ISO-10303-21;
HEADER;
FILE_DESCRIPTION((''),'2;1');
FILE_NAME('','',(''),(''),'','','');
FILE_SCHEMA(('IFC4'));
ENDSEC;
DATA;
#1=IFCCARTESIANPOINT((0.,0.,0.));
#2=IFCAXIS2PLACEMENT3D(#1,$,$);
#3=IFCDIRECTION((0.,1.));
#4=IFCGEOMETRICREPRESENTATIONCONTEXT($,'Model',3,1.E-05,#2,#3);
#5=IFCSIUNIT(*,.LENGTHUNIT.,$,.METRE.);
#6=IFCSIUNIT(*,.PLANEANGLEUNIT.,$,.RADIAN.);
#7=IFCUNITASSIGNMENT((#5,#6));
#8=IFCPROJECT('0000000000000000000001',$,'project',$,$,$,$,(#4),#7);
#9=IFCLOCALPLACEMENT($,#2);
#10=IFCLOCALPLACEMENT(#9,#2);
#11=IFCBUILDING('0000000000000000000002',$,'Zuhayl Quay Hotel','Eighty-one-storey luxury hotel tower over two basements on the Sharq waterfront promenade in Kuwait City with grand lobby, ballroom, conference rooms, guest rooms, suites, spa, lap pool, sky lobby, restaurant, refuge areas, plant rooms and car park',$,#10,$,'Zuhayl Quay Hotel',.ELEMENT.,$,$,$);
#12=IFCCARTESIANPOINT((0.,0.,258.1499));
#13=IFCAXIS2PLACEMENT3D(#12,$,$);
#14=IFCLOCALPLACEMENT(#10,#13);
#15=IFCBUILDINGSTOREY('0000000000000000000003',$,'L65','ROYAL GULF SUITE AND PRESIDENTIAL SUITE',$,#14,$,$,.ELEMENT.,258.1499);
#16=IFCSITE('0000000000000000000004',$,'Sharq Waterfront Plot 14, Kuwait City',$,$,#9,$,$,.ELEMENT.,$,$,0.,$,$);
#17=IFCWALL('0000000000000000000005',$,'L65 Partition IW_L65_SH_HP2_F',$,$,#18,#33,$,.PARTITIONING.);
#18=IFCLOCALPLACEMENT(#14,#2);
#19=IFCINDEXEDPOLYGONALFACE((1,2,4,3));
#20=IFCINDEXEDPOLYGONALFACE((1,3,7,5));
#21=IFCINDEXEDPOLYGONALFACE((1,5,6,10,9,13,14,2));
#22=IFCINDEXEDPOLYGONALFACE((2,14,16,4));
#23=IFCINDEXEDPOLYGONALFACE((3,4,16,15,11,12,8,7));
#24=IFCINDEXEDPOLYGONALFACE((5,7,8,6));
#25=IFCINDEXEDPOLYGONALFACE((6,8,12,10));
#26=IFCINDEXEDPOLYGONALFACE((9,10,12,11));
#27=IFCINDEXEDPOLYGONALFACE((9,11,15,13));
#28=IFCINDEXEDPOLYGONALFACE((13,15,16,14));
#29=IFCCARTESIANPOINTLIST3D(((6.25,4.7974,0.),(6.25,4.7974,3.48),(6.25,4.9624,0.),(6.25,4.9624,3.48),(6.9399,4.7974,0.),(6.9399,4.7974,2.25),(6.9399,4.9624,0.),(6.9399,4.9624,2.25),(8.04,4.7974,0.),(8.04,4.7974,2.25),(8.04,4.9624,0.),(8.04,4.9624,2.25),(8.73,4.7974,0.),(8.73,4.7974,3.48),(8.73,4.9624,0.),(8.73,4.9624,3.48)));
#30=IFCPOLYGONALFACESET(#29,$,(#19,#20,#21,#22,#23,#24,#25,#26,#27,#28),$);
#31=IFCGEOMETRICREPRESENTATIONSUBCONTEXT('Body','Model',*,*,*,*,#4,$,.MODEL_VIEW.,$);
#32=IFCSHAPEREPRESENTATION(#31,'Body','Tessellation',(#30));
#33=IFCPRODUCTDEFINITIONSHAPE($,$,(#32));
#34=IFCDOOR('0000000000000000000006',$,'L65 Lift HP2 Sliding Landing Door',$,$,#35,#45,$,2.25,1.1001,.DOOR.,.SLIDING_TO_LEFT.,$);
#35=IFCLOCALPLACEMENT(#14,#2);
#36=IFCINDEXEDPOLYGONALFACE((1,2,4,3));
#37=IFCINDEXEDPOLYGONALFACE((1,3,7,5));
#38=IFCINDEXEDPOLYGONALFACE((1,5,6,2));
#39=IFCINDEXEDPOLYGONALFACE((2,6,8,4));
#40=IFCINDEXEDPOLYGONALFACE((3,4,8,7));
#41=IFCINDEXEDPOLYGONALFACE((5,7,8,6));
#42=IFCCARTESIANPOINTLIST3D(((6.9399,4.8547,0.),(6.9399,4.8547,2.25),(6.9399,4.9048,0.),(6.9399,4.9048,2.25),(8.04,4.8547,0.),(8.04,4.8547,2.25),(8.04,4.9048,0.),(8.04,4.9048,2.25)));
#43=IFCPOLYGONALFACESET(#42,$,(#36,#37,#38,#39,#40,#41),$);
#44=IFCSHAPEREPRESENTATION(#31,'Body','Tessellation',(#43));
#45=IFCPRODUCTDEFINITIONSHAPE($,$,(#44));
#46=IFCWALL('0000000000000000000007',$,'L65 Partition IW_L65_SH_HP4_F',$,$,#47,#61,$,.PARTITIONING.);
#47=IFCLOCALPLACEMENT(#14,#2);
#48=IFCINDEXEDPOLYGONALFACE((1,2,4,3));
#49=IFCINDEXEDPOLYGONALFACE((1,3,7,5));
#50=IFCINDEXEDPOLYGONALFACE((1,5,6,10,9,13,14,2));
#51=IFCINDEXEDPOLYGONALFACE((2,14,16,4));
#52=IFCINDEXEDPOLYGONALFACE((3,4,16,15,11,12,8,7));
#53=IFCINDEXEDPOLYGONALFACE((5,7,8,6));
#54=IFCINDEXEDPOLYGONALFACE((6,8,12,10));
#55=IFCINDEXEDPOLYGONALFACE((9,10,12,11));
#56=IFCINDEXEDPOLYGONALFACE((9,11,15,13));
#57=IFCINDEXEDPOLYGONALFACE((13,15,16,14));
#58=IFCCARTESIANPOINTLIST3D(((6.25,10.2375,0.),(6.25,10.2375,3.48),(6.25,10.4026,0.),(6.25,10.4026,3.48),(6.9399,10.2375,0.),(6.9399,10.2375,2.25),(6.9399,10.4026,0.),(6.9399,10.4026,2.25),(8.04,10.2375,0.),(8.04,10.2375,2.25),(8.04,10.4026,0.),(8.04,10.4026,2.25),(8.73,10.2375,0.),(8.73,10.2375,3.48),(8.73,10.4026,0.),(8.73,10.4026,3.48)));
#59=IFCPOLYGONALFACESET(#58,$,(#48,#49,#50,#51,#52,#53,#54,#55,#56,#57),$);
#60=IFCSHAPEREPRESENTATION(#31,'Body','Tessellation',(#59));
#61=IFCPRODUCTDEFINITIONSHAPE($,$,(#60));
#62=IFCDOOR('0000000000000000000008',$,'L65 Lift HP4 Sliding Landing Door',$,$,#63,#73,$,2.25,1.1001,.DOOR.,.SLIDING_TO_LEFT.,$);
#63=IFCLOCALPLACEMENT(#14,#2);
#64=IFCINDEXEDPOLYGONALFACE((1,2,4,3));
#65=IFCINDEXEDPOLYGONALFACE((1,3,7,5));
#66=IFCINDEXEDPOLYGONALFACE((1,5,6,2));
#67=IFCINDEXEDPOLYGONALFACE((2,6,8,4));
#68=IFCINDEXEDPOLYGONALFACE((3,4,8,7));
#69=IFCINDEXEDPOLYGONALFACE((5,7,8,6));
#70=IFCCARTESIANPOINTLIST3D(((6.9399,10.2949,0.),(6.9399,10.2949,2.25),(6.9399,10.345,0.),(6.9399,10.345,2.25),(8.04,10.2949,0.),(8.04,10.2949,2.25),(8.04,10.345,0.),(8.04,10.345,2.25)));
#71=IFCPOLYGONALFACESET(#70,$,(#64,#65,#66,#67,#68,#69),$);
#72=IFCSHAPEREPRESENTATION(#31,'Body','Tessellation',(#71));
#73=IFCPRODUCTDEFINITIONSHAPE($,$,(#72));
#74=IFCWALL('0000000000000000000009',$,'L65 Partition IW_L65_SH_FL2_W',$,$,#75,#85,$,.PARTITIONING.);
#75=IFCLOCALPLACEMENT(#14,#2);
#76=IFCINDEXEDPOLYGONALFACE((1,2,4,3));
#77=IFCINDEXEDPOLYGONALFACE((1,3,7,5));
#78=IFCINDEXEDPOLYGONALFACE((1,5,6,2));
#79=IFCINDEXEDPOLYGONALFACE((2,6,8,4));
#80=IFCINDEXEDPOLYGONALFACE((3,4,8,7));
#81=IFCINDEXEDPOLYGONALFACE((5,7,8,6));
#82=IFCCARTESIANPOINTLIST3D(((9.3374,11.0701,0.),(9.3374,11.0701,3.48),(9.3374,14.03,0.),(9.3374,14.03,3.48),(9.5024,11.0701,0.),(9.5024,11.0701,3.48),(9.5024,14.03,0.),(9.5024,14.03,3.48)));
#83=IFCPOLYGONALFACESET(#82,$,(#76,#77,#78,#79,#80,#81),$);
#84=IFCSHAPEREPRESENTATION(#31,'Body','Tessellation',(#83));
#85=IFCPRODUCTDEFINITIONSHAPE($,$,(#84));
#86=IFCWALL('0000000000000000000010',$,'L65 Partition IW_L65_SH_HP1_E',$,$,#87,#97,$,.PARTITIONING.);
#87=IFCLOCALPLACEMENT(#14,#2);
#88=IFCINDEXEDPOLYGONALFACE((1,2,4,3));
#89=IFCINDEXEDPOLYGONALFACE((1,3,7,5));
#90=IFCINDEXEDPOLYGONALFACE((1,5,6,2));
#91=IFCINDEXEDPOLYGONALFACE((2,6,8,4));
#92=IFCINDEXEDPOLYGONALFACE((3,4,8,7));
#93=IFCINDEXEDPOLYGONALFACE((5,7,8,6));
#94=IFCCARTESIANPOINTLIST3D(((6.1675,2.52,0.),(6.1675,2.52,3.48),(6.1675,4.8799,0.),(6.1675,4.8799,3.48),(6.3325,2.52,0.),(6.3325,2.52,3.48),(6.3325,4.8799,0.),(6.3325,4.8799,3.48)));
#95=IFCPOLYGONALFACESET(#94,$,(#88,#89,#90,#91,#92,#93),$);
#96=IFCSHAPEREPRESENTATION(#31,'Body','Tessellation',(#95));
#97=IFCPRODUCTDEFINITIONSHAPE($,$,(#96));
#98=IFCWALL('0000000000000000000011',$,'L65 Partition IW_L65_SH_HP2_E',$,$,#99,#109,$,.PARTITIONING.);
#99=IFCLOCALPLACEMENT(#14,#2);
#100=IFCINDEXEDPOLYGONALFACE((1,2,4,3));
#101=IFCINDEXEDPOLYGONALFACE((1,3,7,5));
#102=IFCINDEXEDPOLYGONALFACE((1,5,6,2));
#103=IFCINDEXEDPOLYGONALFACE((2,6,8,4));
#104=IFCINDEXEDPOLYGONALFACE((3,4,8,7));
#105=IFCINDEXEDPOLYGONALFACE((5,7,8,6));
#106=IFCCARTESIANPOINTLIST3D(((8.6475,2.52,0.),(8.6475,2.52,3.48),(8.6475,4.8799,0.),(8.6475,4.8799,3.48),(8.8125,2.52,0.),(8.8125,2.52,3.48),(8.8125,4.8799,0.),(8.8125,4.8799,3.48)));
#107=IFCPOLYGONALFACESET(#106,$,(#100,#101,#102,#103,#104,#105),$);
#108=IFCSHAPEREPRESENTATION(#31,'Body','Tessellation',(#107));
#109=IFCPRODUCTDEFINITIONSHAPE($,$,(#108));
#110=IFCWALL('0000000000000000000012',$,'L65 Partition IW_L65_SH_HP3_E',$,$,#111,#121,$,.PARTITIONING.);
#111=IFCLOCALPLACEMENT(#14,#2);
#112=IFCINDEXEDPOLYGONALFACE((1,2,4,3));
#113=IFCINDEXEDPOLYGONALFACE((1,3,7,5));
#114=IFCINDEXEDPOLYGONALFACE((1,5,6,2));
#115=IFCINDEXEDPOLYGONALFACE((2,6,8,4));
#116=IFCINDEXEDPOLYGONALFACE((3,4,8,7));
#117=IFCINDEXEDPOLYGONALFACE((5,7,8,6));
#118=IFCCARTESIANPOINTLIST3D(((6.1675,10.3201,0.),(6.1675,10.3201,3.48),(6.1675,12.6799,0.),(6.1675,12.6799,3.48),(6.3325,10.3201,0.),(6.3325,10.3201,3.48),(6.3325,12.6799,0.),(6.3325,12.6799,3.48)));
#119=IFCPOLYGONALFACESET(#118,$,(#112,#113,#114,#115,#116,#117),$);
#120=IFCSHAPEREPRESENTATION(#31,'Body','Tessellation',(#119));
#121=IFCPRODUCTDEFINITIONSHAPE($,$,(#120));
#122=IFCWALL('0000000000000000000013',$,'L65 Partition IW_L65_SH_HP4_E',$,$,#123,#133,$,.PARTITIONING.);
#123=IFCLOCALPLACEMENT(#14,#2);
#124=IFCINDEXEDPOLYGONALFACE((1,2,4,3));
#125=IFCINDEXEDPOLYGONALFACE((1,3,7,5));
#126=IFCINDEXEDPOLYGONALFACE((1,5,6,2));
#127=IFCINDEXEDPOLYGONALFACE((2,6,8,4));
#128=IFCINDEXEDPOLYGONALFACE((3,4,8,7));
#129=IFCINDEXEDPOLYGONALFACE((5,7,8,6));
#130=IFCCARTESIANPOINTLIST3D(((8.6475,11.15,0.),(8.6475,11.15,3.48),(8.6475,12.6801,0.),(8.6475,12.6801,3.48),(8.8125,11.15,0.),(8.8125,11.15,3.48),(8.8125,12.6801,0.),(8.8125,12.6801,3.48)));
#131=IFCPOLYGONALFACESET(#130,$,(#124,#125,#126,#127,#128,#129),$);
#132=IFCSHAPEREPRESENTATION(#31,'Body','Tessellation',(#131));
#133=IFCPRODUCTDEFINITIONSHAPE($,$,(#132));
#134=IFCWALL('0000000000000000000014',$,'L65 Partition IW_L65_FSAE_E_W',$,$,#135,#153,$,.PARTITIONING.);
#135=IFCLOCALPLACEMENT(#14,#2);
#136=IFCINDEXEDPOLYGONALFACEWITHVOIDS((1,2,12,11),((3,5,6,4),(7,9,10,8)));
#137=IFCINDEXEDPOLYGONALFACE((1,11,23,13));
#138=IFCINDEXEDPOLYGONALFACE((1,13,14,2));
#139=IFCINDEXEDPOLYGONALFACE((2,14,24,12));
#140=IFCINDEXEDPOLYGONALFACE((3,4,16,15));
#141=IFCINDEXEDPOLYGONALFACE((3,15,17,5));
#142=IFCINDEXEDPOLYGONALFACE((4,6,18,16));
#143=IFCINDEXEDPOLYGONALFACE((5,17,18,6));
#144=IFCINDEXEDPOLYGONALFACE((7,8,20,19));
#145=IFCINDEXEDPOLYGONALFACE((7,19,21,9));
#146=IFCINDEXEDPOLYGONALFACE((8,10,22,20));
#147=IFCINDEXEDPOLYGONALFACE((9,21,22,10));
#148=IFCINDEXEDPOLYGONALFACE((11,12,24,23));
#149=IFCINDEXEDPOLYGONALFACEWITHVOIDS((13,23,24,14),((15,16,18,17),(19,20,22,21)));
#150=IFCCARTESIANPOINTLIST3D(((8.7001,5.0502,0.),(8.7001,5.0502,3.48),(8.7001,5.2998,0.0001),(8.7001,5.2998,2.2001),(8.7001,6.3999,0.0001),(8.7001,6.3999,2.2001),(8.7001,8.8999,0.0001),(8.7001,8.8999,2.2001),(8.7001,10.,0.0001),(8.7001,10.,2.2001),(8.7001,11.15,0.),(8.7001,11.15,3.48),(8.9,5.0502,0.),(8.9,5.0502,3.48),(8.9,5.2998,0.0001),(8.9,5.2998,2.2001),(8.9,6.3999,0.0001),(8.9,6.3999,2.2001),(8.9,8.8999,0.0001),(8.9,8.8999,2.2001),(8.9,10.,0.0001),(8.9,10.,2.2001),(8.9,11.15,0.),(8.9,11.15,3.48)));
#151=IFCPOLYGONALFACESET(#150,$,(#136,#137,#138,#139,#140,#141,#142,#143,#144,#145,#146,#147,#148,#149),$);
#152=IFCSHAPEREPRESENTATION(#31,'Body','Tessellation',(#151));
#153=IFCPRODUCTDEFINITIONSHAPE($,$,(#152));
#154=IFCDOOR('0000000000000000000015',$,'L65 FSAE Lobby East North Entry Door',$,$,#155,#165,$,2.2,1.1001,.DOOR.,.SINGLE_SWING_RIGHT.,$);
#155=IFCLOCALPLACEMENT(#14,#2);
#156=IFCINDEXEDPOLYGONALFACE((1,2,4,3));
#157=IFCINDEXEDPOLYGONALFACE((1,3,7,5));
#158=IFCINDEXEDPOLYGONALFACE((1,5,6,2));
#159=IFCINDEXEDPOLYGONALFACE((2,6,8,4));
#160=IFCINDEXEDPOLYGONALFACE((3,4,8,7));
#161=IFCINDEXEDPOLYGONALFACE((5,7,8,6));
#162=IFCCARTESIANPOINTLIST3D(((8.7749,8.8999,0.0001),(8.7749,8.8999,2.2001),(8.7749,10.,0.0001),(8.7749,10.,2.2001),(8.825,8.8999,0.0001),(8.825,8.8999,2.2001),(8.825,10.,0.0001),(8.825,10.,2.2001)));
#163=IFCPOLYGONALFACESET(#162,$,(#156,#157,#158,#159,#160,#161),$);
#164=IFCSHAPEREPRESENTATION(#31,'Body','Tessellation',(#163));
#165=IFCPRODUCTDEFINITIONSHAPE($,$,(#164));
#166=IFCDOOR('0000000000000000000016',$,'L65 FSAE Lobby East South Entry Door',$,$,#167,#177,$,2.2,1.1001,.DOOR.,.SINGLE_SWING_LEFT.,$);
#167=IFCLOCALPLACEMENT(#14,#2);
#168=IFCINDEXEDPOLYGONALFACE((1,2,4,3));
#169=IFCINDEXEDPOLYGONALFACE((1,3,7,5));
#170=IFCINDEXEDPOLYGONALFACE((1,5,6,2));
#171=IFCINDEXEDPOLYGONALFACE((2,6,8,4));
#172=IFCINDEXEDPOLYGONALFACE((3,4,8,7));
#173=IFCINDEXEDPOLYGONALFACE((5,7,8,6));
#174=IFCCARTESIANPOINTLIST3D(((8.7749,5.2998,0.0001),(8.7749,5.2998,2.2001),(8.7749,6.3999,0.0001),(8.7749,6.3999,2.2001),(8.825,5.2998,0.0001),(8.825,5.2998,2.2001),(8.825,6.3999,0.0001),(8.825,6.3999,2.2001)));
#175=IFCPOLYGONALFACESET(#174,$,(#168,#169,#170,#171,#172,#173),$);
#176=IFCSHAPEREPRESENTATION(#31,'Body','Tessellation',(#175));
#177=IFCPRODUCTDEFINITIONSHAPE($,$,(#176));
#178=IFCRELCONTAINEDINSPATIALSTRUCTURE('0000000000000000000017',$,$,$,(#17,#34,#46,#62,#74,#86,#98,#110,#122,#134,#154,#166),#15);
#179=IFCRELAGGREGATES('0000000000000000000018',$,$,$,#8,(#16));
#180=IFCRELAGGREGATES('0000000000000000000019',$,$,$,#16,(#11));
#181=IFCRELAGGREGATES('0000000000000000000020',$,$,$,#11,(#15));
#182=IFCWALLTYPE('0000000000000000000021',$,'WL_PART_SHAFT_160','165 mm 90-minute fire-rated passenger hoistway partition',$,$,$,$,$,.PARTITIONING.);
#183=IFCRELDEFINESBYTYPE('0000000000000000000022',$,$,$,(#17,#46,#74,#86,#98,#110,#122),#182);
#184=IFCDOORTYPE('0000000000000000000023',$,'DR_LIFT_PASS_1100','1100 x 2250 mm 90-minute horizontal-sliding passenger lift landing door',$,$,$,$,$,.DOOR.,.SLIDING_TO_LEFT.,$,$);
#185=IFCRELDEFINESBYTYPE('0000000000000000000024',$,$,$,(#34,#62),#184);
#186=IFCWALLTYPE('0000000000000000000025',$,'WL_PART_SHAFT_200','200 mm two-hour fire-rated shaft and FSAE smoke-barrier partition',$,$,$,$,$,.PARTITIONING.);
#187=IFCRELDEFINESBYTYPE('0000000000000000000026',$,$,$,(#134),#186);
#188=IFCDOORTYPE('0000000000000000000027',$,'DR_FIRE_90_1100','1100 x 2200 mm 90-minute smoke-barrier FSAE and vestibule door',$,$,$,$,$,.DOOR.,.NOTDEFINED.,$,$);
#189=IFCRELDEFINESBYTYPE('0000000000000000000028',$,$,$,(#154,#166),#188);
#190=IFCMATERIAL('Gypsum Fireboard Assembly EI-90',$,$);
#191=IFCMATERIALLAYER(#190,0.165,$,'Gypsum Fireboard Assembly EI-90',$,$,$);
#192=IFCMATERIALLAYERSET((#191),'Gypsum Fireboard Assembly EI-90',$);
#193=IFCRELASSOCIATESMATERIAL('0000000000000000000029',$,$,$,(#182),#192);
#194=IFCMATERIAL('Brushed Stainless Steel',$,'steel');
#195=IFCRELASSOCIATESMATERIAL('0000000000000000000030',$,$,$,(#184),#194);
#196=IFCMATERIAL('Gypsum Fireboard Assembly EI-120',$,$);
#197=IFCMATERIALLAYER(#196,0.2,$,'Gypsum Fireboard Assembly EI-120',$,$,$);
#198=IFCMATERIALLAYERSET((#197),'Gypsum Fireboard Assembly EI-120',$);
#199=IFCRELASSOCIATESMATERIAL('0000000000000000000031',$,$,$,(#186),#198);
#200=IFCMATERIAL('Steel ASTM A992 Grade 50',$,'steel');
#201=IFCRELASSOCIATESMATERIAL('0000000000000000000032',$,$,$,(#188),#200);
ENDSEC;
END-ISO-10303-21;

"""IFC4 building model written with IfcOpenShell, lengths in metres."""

from ifc_helpers import new_model, si_unit, direction, frame, frame_2d, origin, place, context, subcontext, project, spatial, rectangle, extrude, material, layer, layer_set, type_object, element, fill, save


model = new_model("IFC4")

# Units and contexts
model_context = context("Model", 3, precision=1e-05, world=origin(), true_north=direction((0.0, 1.0)))
body_context = subcontext(model_context, "Body", "Model", "MODEL_VIEW")
ifc_project = project(units=[si_unit("LENGTHUNIT", "METRE"), si_unit("PLANEANGLEUNIT", "RADIAN")], contexts=[model_context])

# Site, building, storey
site_placement = place(None, origin())
site = spatial("IfcSite", under=ifc_project, at=site_placement, Name="Sharq Waterfront Plot 14, Kuwait City", CompositionType="ELEMENT", RefElevation=0.0)
building_placement = place(site_placement, origin())
building = spatial("IfcBuilding", under=site, at=building_placement, Name="Zuhayl Quay Hotel", Description="Eighty-one-storey luxury hotel tower over two basements on the Sharq waterfront promenade in Kuwait City with grand lobby, ballroom, conference rooms, guest rooms, suites, spa, lap pool, sky lobby, restaurant, refuge areas, plant rooms and car park", LongName="Zuhayl Quay Hotel", CompositionType="ELEMENT")
storey_placement = place(building_placement, frame((0.0, 0.0, 258.1499)))
storey = spatial("IfcBuildingStorey", under=building, at=storey_placement, Name="L65", Description="ROYAL GULF SUITE AND PRESIDENTIAL SUITE", CompositionType="ELEMENT", Elevation=258.1499)

# Walls, openings, doors
ifc_material_1 = material(Name="Gypsum Fireboard Assembly EI-90")
ifc_layer_1 = layer(ifc_material_1, 0.165, Name="Gypsum Fireboard Assembly EI-90")
ifc_layer_set_1 = layer_set([ifc_layer_1], Name="Gypsum Fireboard Assembly EI-90")
wall_type_1 = type_object("IfcWallType", Name="WL_PART_SHAFT_160", Description="165 mm 90-minute fire-rated passenger hoistway partition", PredefinedType="PARTITIONING", material=ifc_layer_set_1)
ifc_material_2 = material(Name="Brushed Stainless Steel", Category="steel")
wall_1_placement = place(storey_placement, frame((6.25, 4.8799, 0.0), z_axis=(0.0, 0.0, 1.0), x_axis=(1.0, 0.0, 0.0)))
wall_1 = element("IfcWall", 1, at=wall_1_placement, inside=storey, type_object=wall_type_1, Name="L65 Partition IW_L65_SH_HP2_F", PredefinedType="PARTITIONING", context=body_context, shape_type="SweptSolid", body=[
    extrude(rectangle(XDim=2.48, YDim=0.165, at=frame_2d((1.24, 0.0))), origin(), (0.0, 0.0, 1.0), 3.48),
])
opening_1_placement = place(wall_1_placement, frame((0.6899, 0.0, 0.0)))
opening_1 = element("IfcOpeningElement", 2, at=opening_1_placement, cuts=wall_1, PredefinedType="OPENING", context=body_context, shape_type="SweptSolid", body=[
    extrude(rectangle(XDim=1.1001, YDim=2.25, at=frame_2d((0.55, 1.125))), frame((0.0, 0.0925, 0.0), z_axis=(0.0, -1.0, 0.0), x_axis=(1.0, 0.0, 0.0)), (0.0, 0.0, 1.0), 0.1851),
])
door_type_1 = type_object("IfcDoorType", Name="DR_LIFT_PASS_1100", Description="1100 x 2250 mm 90-minute horizontal-sliding passenger lift landing door", OperationType="SLIDING_TO_LEFT", PredefinedType="DOOR", material=ifc_material_2)
door_1_placement = place(opening_1_placement, origin())
door_1 = element("IfcDoor", 3, at=door_1_placement, inside=storey, type_object=door_type_1, Name="L65 Lift HP2 Sliding Landing Door", OperationType="SLIDING_TO_LEFT", OverallHeight=2.25, OverallWidth=1.1001, PredefinedType="DOOR", context=body_context, shape_type="SweptSolid", body=[
    extrude(rectangle(XDim=1.1001, YDim=2.25, at=frame_2d((0.55, 1.125))), frame((0.0, 0.0249, 0.0), z_axis=(0.0, -1.0, 0.0), x_axis=(1.0, 0.0, 0.0)), (0.0, 0.0, 1.0), 0.05),
])
fill(opening_1, door_1)
wall_2_placement = place(storey_placement, frame((6.25, 10.3201, 0.0), z_axis=(0.0, 0.0, 1.0), x_axis=(1.0, 0.0, 0.0)))
wall_2 = element("IfcWall", 4, at=wall_2_placement, inside=storey, type_object=wall_type_1, Name="L65 Partition IW_L65_SH_HP4_F", PredefinedType="PARTITIONING", context=body_context, shape_type="SweptSolid", body=[
    extrude(rectangle(XDim=2.48, YDim=0.165, at=frame_2d((1.24, 0.0))), origin(), (0.0, 0.0, 1.0), 3.48),
])
opening_2_placement = place(wall_2_placement, frame((0.6899, 0.0, 0.0)))
opening_2 = element("IfcOpeningElement", 5, at=opening_2_placement, cuts=wall_2, PredefinedType="OPENING", context=body_context, shape_type="SweptSolid", body=[
    extrude(rectangle(XDim=1.1001, YDim=2.25, at=frame_2d((0.55, 1.125))), frame((0.0, 0.0925, 0.0), z_axis=(0.0, -1.0, 0.0), x_axis=(1.0, 0.0, 0.0)), (0.0, 0.0, 1.0), 0.1851),
])
door_2_placement = place(opening_2_placement, origin())
door_2 = element("IfcDoor", 6, at=door_2_placement, inside=storey, type_object=door_type_1, Name="L65 Lift HP4 Sliding Landing Door", OperationType="SLIDING_TO_LEFT", OverallHeight=2.25, OverallWidth=1.1001, PredefinedType="DOOR", context=body_context, shape_type="SweptSolid", body=[
    extrude(rectangle(XDim=1.1001, YDim=2.25, at=frame_2d((0.55, 1.125))), frame((0.0, 0.0249, 0.0), z_axis=(0.0, -1.0, 0.0), x_axis=(1.0, 0.0, 0.0)), (0.0, 0.0, 1.0), 0.05),
])
fill(opening_2, door_2)

# Walls
wall_3_placement = place(storey_placement, frame((9.4199, 11.0701, 0.0), z_axis=(0.0, 0.0, 1.0), x_axis=(0.0, 1.0, 0.0)))
element("IfcWall", 7, at=wall_3_placement, inside=storey, type_object=wall_type_1, Name="L65 Partition IW_L65_SH_FL2_W", PredefinedType="PARTITIONING", context=body_context, shape_type="SweptSolid", body=[
    extrude(rectangle(XDim=2.96, YDim=0.165, at=frame_2d((1.48, 0.0))), origin(), (0.0, 0.0, 1.0), 3.48),
])
for number, where, z_axis, x_axis, name in (
    (8, (6.25, 2.52, 0.0), (0.0, 0.0, 1.0), (0.0, 1.0, 0.0), "L65 Partition IW_L65_SH_HP1_E"),
    (9, (8.73, 2.52, 0.0), (0.0, 0.0, 1.0), (0.0, 1.0, 0.0), "L65 Partition IW_L65_SH_HP2_E"),
    (10, (6.25, 10.3201, 0.0), (0.0, 0.0, 1.0), (0.0, 1.0, 0.0), "L65 Partition IW_L65_SH_HP3_E"),
):
    element("IfcWall", number, at=place(storey_placement, frame(where, z_axis=z_axis, x_axis=x_axis)), inside=storey, type_object=wall_type_1, Name=name, PredefinedType="PARTITIONING", context=body_context, shape_type="SweptSolid", body=[
        extrude(rectangle(XDim=2.3599, YDim=0.165, at=frame_2d((1.1799, 0.0))), origin(), (0.0, 0.0, 1.0), 3.48),
    ])
wall_4_placement = place(storey_placement, frame((8.73, 11.1499, 0.0), z_axis=(0.0, 0.0, 1.0), x_axis=(0.0, 1.0, 0.0)))
element("IfcWall", 11, at=wall_4_placement, inside=storey, type_object=wall_type_1, Name="L65 Partition IW_L65_SH_HP4_E", PredefinedType="PARTITIONING", context=body_context, shape_type="SweptSolid", body=[
    extrude(rectangle(XDim=1.53, YDim=0.165, at=frame_2d((0.7651, 0.0))), origin(), (0.0, 0.0, 1.0), 3.48),
])

# Wall, openings, doors
ifc_material_3 = material(Name="Gypsum Fireboard Assembly EI-120")
ifc_layer_2 = layer(ifc_material_3, 0.2, Name="Gypsum Fireboard Assembly EI-120")
ifc_layer_set_2 = layer_set([ifc_layer_2], Name="Gypsum Fireboard Assembly EI-120")
wall_type_2 = type_object("IfcWallType", Name="WL_PART_SHAFT_200", Description="200 mm two-hour fire-rated shaft and FSAE smoke-barrier partition", PredefinedType="PARTITIONING", material=ifc_layer_set_2)
wall_5_placement = place(storey_placement, frame((8.8, 11.1499, 0.0), z_axis=(0.0, 0.0, 1.0), x_axis=(0.0, -1.0, 0.0)))
wall_5 = element("IfcWall", 12, at=wall_5_placement, inside=storey, type_object=wall_type_2, Name="L65 Partition IW_L65_FSAE_E_W", PredefinedType="PARTITIONING", context=body_context, shape_type="SweptSolid", body=[
    extrude(rectangle(XDim=6.0999, YDim=0.2, at=frame_2d((3.0498, 0.0))), origin(), (0.0, 0.0, 1.0), 3.48),
])
opening_3_placement = place(wall_5_placement, frame((1.1499, 0.0, 0.0)))
opening_3 = element("IfcOpeningElement", 13, at=opening_3_placement, cuts=wall_5, PredefinedType="OPENING", context=body_context, shape_type="SweptSolid", body=[
    extrude(rectangle(XDim=1.1001, YDim=2.2, at=frame_2d((0.55, 1.1001))), frame((0.0, 0.1099, 0.0), z_axis=(0.0, -1.0, 0.0), x_axis=(1.0, 0.0, 0.0)), (0.0, 0.0, 1.0), 0.22),
])
opening_4_placement = place(wall_5_placement, frame((4.75, 0.0, 0.0)))
opening_4 = element("IfcOpeningElement", 14, at=opening_4_placement, cuts=wall_5, PredefinedType="OPENING", context=body_context, shape_type="SweptSolid", body=[
    extrude(rectangle(XDim=1.1001, YDim=2.2, at=frame_2d((0.55, 1.1001))), frame((0.0, 0.1099, 0.0), z_axis=(0.0, -1.0, 0.0), x_axis=(1.0, 0.0, 0.0)), (0.0, 0.0, 1.0), 0.22),
])
ifc_material_4 = material(Name="Steel ASTM A992 Grade 50", Category="steel")
door_type_2 = type_object("IfcDoorType", Name="DR_FIRE_90_1100", Description="1100 x 2200 mm 90-minute smoke-barrier FSAE and vestibule door", OperationType="NOTDEFINED", PredefinedType="DOOR", material=ifc_material_4)
door_3_placement = place(opening_3_placement, origin())
door_3 = element("IfcDoor", 15, at=door_3_placement, inside=storey, type_object=door_type_2, Name="L65 FSAE Lobby East North Entry Door", OperationType="SINGLE_SWING_RIGHT", OverallHeight=2.2, OverallWidth=1.1001, PredefinedType="DOOR", context=body_context, shape_type="SweptSolid", body=[
    extrude(rectangle(XDim=1.1001, YDim=2.2, at=frame_2d((0.55, 1.1001))), frame((0.0, 0.0249, 0.0), z_axis=(0.0, -1.0, 0.0), x_axis=(1.0, 0.0, 0.0)), (0.0, 0.0, 1.0), 0.05),
])
fill(opening_3, door_3)
door_4_placement = place(opening_4_placement, origin())
door_4 = element("IfcDoor", 16, at=door_4_placement, inside=storey, type_object=door_type_2, Name="L65 FSAE Lobby East South Entry Door", OperationType="SINGLE_SWING_LEFT", OverallHeight=2.2, OverallWidth=1.1001, PredefinedType="DOOR", context=body_context, shape_type="SweptSolid", body=[
    extrude(rectangle(XDim=1.1001, YDim=2.2, at=frame_2d((0.55, 1.1001))), frame((0.0, 0.0249, 0.0), z_axis=(0.0, -1.0, 0.0), x_axis=(1.0, 0.0, 0.0)), (0.0, 0.0, 1.0), 0.05),
])
fill(opening_4, door_4)

save(model, "model.ifc")
